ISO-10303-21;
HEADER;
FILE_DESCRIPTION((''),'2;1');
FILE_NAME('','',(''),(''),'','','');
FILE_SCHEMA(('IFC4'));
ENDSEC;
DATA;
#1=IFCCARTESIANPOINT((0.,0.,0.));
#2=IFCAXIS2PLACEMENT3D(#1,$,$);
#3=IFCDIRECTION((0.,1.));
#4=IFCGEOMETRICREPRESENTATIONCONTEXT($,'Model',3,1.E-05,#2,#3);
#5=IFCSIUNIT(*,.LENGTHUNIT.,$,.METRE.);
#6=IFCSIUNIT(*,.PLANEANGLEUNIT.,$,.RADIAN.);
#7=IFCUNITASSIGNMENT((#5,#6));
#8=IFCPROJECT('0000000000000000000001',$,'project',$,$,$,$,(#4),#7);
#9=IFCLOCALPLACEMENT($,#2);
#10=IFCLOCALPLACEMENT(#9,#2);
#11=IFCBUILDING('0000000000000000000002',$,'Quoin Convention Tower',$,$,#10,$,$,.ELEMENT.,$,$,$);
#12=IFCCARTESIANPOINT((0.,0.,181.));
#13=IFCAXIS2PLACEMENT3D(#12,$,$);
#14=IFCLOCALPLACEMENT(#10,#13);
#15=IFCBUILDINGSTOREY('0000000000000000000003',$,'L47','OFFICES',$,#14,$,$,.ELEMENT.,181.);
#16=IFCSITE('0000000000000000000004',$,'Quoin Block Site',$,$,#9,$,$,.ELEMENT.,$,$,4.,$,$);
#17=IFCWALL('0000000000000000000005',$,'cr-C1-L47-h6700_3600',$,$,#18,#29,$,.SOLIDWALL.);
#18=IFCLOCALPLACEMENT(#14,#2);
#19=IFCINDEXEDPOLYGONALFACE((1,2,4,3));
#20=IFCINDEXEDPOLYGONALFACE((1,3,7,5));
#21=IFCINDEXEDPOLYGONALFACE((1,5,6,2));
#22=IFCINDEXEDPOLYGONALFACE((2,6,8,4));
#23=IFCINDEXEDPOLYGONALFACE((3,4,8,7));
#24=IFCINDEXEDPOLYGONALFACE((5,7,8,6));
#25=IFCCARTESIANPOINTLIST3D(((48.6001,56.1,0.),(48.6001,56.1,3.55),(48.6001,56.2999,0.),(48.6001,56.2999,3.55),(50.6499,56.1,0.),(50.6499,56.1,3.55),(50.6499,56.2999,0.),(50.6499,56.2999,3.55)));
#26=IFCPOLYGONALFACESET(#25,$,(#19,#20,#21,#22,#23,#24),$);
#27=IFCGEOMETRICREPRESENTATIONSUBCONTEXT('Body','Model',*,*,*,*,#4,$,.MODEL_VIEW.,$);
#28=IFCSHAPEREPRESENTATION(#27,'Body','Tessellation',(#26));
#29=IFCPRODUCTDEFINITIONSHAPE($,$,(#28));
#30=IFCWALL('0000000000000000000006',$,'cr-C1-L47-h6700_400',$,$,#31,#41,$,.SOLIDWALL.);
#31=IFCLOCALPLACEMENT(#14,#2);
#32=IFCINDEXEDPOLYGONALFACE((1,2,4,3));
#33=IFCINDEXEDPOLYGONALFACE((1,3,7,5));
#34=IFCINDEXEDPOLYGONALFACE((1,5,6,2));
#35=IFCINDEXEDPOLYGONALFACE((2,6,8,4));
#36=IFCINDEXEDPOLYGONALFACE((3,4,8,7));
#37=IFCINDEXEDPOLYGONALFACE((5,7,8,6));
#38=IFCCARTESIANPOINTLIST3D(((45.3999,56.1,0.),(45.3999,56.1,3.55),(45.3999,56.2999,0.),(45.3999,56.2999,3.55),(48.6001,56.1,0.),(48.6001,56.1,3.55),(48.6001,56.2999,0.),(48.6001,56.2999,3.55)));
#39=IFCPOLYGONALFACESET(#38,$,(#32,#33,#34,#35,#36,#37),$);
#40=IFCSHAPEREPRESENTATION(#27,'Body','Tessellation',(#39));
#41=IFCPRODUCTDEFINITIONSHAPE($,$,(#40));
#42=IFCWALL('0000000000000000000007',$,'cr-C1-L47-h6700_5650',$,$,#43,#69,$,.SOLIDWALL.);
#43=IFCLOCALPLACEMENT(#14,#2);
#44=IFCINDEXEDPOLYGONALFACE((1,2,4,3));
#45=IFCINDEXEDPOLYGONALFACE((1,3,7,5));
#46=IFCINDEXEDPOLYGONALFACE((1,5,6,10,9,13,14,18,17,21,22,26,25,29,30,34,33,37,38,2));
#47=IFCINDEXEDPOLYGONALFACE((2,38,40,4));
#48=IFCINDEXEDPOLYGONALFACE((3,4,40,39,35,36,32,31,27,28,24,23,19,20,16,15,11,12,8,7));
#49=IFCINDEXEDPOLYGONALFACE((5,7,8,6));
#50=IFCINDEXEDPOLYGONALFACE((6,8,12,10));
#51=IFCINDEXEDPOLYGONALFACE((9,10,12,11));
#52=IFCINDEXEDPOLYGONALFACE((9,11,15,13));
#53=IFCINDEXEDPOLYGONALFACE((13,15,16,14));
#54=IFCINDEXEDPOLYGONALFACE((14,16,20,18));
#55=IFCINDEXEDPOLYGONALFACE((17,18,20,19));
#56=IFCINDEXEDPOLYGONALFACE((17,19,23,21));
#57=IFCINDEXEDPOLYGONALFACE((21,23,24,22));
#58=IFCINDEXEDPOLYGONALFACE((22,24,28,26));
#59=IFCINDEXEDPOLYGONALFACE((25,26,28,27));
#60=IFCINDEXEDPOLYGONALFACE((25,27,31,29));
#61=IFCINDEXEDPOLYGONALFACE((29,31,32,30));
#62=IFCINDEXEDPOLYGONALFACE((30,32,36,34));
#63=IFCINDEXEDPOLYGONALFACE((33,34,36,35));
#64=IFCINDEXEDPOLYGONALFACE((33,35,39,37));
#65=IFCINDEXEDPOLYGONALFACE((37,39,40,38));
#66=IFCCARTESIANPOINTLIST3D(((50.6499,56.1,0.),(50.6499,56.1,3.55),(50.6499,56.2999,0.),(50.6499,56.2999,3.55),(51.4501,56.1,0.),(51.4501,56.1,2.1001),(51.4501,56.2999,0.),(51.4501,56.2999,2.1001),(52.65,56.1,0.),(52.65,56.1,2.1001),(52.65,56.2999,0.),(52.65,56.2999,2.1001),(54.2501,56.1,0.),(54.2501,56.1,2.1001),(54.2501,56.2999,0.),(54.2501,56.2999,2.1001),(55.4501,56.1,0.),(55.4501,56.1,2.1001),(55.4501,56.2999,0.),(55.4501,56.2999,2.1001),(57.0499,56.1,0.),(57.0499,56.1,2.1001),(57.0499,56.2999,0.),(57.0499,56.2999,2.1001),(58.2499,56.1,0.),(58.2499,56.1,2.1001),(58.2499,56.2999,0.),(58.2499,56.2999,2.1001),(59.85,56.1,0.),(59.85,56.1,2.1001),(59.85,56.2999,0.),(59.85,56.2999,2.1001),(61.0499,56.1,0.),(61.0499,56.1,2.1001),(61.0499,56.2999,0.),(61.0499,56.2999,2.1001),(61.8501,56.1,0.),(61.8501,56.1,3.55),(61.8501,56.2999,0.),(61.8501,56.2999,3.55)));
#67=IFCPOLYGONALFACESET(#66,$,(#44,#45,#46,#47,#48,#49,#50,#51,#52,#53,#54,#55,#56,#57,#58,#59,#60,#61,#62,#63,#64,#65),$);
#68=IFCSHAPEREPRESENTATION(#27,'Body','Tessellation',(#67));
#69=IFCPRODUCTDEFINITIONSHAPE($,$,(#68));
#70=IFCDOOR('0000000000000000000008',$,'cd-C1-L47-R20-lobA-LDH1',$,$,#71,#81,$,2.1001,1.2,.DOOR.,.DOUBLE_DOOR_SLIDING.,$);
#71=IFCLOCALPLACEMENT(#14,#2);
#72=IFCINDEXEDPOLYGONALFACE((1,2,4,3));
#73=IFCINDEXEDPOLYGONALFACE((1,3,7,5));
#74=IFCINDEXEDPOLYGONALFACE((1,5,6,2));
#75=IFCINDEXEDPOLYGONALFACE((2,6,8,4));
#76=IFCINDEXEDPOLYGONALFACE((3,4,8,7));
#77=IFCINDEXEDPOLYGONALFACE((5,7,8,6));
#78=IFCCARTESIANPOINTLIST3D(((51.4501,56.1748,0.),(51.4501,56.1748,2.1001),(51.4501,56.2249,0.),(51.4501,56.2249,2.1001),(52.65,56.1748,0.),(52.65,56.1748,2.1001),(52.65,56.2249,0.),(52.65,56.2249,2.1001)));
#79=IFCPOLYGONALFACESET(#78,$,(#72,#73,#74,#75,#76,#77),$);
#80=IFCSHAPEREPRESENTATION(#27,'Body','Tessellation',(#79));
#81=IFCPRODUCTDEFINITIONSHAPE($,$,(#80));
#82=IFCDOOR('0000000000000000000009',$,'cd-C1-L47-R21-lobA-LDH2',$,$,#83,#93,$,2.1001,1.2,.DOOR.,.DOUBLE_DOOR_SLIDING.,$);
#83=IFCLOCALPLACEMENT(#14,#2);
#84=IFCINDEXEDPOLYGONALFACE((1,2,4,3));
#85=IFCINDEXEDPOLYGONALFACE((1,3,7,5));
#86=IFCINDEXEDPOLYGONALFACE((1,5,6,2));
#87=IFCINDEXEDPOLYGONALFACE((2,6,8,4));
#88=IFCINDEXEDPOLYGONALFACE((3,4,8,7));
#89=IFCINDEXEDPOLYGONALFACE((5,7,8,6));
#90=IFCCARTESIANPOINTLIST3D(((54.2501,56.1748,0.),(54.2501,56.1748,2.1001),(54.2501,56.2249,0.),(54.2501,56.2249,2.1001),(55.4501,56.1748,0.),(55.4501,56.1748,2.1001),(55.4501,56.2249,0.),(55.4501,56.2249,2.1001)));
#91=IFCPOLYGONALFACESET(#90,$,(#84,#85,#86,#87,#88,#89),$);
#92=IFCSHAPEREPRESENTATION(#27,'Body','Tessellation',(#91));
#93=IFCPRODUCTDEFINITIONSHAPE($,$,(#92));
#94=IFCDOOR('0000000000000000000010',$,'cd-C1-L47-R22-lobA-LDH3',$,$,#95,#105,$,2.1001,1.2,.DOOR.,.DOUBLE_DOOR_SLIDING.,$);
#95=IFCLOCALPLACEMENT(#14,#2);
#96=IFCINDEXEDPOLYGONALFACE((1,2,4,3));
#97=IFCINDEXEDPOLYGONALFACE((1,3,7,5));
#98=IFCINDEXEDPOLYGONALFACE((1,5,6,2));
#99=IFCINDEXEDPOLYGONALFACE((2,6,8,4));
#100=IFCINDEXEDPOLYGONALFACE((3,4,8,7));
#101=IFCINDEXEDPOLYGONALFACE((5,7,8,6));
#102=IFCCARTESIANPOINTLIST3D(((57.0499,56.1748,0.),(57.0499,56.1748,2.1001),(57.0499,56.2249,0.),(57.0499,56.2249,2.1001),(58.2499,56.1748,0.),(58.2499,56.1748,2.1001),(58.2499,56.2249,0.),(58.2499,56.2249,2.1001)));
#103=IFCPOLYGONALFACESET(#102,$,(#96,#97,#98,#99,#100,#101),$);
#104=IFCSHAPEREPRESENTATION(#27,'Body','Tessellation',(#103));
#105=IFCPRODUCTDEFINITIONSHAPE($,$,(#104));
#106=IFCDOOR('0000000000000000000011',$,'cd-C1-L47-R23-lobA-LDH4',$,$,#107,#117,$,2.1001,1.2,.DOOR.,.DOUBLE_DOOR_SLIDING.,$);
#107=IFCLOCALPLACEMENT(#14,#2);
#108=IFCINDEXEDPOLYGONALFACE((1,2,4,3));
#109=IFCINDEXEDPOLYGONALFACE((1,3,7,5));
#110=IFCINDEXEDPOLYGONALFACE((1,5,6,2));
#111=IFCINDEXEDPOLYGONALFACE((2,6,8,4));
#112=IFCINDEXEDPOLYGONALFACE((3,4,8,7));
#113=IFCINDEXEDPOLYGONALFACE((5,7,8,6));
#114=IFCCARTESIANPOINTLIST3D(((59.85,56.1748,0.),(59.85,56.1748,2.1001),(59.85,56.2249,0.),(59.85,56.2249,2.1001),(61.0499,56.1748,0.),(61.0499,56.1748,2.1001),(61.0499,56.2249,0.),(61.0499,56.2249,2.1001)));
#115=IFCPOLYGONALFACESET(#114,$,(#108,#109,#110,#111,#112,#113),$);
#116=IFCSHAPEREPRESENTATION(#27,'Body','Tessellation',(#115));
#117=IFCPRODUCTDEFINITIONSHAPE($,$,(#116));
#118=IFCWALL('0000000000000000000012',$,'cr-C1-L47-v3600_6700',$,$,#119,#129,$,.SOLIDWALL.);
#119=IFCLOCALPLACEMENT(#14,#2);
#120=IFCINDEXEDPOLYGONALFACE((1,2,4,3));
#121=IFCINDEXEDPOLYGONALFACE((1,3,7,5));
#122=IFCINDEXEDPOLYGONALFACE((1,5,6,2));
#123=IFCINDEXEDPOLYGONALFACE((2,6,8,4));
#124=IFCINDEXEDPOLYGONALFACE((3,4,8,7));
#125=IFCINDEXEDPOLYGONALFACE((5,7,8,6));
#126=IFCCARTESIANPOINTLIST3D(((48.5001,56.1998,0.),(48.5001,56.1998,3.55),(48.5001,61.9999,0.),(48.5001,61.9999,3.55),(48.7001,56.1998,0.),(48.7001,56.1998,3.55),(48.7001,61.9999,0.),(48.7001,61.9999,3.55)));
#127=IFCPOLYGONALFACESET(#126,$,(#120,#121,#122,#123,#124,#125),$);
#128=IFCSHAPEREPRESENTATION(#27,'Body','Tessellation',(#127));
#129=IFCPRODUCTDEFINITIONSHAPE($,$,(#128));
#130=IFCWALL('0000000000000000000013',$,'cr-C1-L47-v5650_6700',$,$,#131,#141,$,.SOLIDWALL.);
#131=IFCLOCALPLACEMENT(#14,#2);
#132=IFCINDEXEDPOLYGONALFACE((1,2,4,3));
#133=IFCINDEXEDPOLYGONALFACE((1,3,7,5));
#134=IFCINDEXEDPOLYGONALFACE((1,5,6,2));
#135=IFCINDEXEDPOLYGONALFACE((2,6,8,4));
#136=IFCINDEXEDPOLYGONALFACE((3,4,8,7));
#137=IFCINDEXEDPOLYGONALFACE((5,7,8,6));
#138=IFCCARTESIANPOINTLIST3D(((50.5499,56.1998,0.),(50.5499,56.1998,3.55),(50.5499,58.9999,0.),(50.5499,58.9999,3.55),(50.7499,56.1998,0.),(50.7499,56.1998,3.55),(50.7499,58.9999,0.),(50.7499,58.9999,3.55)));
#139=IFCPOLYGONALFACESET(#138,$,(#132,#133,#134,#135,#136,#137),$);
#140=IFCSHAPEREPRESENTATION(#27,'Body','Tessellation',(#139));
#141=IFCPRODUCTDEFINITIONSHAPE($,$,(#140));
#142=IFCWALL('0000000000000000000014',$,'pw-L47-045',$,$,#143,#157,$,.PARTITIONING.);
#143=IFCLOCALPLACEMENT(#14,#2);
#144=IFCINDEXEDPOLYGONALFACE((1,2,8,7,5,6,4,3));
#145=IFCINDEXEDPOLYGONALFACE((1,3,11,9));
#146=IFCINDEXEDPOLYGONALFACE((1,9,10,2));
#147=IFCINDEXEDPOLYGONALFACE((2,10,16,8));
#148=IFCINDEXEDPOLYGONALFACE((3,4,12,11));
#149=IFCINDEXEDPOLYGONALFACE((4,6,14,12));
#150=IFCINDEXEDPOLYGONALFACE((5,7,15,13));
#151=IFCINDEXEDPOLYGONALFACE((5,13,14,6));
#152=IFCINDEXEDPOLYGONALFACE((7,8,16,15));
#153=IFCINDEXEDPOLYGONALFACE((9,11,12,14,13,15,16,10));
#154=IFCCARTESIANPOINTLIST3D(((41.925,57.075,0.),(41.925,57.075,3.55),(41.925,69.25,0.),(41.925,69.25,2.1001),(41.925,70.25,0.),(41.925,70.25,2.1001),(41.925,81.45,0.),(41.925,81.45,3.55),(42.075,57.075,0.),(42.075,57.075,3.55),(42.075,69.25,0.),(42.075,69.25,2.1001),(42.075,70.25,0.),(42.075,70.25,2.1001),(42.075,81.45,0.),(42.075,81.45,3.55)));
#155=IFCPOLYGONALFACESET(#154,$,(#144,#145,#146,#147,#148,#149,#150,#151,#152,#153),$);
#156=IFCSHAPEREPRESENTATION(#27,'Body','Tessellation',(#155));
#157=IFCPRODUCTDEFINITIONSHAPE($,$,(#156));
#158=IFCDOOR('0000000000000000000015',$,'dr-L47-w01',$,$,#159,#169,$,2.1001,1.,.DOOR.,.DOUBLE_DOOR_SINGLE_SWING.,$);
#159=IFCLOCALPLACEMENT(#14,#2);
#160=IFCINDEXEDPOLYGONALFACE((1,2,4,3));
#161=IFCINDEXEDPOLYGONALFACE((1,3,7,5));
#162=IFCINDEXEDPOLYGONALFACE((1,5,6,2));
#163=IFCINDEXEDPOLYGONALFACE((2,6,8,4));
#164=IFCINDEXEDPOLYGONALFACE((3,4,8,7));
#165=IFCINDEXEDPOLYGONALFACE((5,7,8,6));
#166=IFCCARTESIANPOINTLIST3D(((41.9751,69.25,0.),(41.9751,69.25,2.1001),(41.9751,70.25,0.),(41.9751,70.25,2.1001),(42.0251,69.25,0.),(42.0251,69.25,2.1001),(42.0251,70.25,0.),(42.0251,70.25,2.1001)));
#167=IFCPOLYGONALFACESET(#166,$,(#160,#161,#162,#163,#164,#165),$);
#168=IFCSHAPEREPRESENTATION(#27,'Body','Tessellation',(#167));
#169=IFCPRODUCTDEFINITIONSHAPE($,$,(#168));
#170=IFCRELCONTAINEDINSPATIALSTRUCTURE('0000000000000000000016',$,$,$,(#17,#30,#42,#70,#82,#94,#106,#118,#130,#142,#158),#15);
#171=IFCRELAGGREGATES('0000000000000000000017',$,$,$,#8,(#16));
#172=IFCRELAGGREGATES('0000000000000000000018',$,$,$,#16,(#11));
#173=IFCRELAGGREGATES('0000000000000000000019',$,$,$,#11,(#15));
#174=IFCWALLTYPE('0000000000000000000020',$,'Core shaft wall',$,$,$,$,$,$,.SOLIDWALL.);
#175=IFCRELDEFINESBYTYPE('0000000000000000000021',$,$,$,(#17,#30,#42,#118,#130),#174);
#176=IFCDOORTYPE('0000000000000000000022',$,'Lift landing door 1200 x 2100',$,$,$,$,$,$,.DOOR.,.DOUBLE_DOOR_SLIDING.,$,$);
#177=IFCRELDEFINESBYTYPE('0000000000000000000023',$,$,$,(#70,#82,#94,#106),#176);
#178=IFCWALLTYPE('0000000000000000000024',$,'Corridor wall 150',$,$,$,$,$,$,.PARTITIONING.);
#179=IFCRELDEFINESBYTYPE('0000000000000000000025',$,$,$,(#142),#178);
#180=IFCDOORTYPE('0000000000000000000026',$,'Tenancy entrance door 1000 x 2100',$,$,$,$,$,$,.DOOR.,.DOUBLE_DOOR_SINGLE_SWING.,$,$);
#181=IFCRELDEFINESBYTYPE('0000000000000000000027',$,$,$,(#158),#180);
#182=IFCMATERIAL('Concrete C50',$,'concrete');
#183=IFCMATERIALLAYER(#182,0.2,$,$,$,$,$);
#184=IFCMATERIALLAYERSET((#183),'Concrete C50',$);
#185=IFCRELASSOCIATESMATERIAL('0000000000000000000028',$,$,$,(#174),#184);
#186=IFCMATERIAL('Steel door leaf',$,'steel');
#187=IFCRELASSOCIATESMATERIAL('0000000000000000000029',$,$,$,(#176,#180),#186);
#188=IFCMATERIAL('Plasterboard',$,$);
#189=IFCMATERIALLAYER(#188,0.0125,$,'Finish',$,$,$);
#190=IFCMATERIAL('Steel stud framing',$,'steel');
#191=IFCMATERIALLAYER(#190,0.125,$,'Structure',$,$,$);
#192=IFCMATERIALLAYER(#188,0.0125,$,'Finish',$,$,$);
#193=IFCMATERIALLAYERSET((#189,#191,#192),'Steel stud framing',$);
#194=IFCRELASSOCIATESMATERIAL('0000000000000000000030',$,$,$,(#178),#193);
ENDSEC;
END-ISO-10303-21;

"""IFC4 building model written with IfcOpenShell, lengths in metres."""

from ifc_helpers import new_model, si_unit, direction, frame, frame_2d, origin, place, context, subcontext, project, spatial, rectangle, extrude, material, layer, layer_set, type_object, element, fill, save


model = new_model("IFC4")

# Units and contexts
model_context = context("Model", 3, precision=1e-05, world=origin(), true_north=direction((0.0, 1.0)))
body_context = subcontext(model_context, "Body", "Model", "MODEL_VIEW")
ifc_project = project(units=[si_unit("LENGTHUNIT", "METRE"), si_unit("PLANEANGLEUNIT", "RADIAN")], contexts=[model_context])

# Site, building, storey
site_placement = place(None, origin())
site = spatial("IfcSite", under=ifc_project, at=site_placement, Name="Quoin Block Site", CompositionType="ELEMENT", RefElevation=4.0)
building_placement = place(site_placement, origin())
building = spatial("IfcBuilding", under=site, at=building_placement, Name="Quoin Convention Tower", CompositionType="ELEMENT")
storey_placement = place(building_placement, frame((0.0, 0.0, 181.0)))
storey = spatial("IfcBuildingStorey", under=building, at=storey_placement, Name="L47", Description="OFFICES", CompositionType="ELEMENT", Elevation=181.0)

# Walls
ifc_material_1 = material(Name="Concrete C50", Category="concrete")
ifc_layer_1 = layer(ifc_material_1, 0.2)
ifc_layer_set_1 = layer_set([ifc_layer_1], Name="Concrete C50")
wall_type_1 = type_object("IfcWallType", Name="Core shaft wall", PredefinedType="SOLIDWALL", material=ifc_layer_set_1)
wall_1_placement = place(storey_placement, frame((48.6001, 56.2, 0.0), z_axis=(0.0, 0.0, 1.0), x_axis=(1.0, 0.0, 0.0)))
element("IfcWall", 1, at=wall_1_placement, inside=storey, type_object=wall_type_1, Name="cr-C1-L47-h6700_3600", PredefinedType="SOLIDWALL", context=body_context, shape_type="SweptSolid", body=[
    extrude(rectangle(XDim=2.0498, YDim=0.2, at=frame_2d((1.0249, 0.0))), origin(), (0.0, 0.0, 1.0), 3.55),
])
wall_2_placement = place(storey_placement, frame((45.3999, 56.2, 0.0), z_axis=(0.0, 0.0, 1.0), x_axis=(1.0, 0.0, 0.0)))
element("IfcWall", 2, at=wall_2_placement, inside=storey, type_object=wall_type_1, Name="cr-C1-L47-h6700_400", PredefinedType="SOLIDWALL", context=body_context, shape_type="SweptSolid", body=[
    extrude(rectangle(XDim=3.2002, YDim=0.2, at=frame_2d((1.6001, 0.0))), origin(), (0.0, 0.0, 1.0), 3.55),
])

# Wall, openings, doors
wall_3_placement = place(storey_placement, frame((50.6499, 56.2, 0.0), z_axis=(0.0, 0.0, 1.0), x_axis=(1.0, 0.0, 0.0)))
wall_3 = element("IfcWall", 3, at=wall_3_placement, inside=storey, type_object=wall_type_1, Name="cr-C1-L47-h6700_5650", PredefinedType="SOLIDWALL", context=body_context, shape_type="SweptSolid", body=[
    extrude(rectangle(XDim=11.2002, YDim=0.2, at=frame_2d((5.6001, 0.0))), origin(), (0.0, 0.0, 1.0), 3.55),
])
opening_1_placement = place(wall_3_placement, frame((0.8, 0.0, 0.0)))
opening_1 = element("IfcOpeningElement", 4, at=opening_1_placement, cuts=wall_3, PredefinedType="OPENING", context=body_context, shape_type="SweptSolid", body=[
    extrude(rectangle(XDim=1.2, YDim=2.1001, at=frame_2d((0.6001, 1.05))), frame((0.0, 0.1099, 0.0), z_axis=(0.0, -1.0, 0.0), x_axis=(1.0, 0.0, 0.0)), (0.0, 0.0, 1.0), 0.22),
])
opening_2_placement = place(wall_3_placement, frame((3.6001, 0.0, 0.0)))
opening_2 = element("IfcOpeningElement", 5, at=opening_2_placement, cuts=wall_3, PredefinedType="OPENING", context=body_context, shape_type="SweptSolid", body=[
    extrude(rectangle(XDim=1.2, YDim=2.1001, at=frame_2d((0.6001, 1.05))), frame((0.0, 0.1099, 0.0), z_axis=(0.0, -1.0, 0.0), x_axis=(1.0, 0.0, 0.0)), (0.0, 0.0, 1.0), 0.22),
])
opening_3_placement = place(wall_3_placement, frame((6.3999, 0.0, 0.0)))
opening_3 = element("IfcOpeningElement", 6, at=opening_3_placement, cuts=wall_3, PredefinedType="OPENING", context=body_context, shape_type="SweptSolid", body=[
    extrude(rectangle(XDim=1.2, YDim=2.1001, at=frame_2d((0.6001, 1.05))), frame((0.0, 0.1099, 0.0), z_axis=(0.0, -1.0, 0.0), x_axis=(1.0, 0.0, 0.0)), (0.0, 0.0, 1.0), 0.22),
])
opening_4_placement = place(wall_3_placement, frame((9.2, 0.0, 0.0)))
opening_4 = element("IfcOpeningElement", 7, at=opening_4_placement, cuts=wall_3, PredefinedType="OPENING", context=body_context, shape_type="SweptSolid", body=[
    extrude(rectangle(XDim=1.2, YDim=2.1001, at=frame_2d((0.6001, 1.05))), frame((0.0, 0.1099, 0.0), z_axis=(0.0, -1.0, 0.0), x_axis=(1.0, 0.0, 0.0)), (0.0, 0.0, 1.0), 0.22),
])
ifc_material_2 = material(Name="Steel door leaf", Category="steel")
door_type_1 = type_object("IfcDoorType", Name="Lift landing door 1200 x 2100", OperationType="DOUBLE_DOOR_SLIDING", PredefinedType="DOOR", material=ifc_material_2)
door_1_placement = place(opening_1_placement, origin())
door_1 = element("IfcDoor", 8, at=door_1_placement, inside=storey, type_object=door_type_1, Name="cd-C1-L47-R20-lobA-LDH1", OperationType="DOUBLE_DOOR_SLIDING", OverallHeight=2.1001, OverallWidth=1.2, PredefinedType="DOOR", context=body_context, shape_type="SweptSolid", body=[
    extrude(rectangle(XDim=1.2, YDim=2.1001, at=frame_2d((0.6001, 1.05))), frame((0.0, 0.0249, 0.0), z_axis=(0.0, -1.0, 0.0), x_axis=(1.0, 0.0, 0.0)), (0.0, 0.0, 1.0), 0.05),
])
fill(opening_1, door_1)
door_2_placement = place(opening_2_placement, origin())
door_2 = element("IfcDoor", 9, at=door_2_placement, inside=storey, type_object=door_type_1, Name="cd-C1-L47-R21-lobA-LDH2", OperationType="DOUBLE_DOOR_SLIDING", OverallHeight=2.1001, OverallWidth=1.2, PredefinedType="DOOR", context=body_context, shape_type="SweptSolid", body=[
    extrude(rectangle(XDim=1.2, YDim=2.1001, at=frame_2d((0.6001, 1.05))), frame((0.0, 0.0249, 0.0), z_axis=(0.0, -1.0, 0.0), x_axis=(1.0, 0.0, 0.0)), (0.0, 0.0, 1.0), 0.05),
])
fill(opening_2, door_2)
door_3_placement = place(opening_3_placement, origin())
door_3 = element("IfcDoor", 10, at=door_3_placement, inside=storey, type_object=door_type_1, Name="cd-C1-L47-R22-lobA-LDH3", OperationType="DOUBLE_DOOR_SLIDING", OverallHeight=2.1001, OverallWidth=1.2, PredefinedType="DOOR", context=body_context, shape_type="SweptSolid", body=[
    extrude(rectangle(XDim=1.2, YDim=2.1001, at=frame_2d((0.6001, 1.05))), frame((0.0, 0.0249, 0.0), z_axis=(0.0, -1.0, 0.0), x_axis=(1.0, 0.0, 0.0)), (0.0, 0.0, 1.0), 0.05),
])
fill(opening_3, door_3)
door_4_placement = place(opening_4_placement, origin())
door_4 = element("IfcDoor", 11, at=door_4_placement, inside=storey, type_object=door_type_1, Name="cd-C1-L47-R23-lobA-LDH4", OperationType="DOUBLE_DOOR_SLIDING", OverallHeight=2.1001, OverallWidth=1.2, PredefinedType="DOOR", context=body_context, shape_type="SweptSolid", body=[
    extrude(rectangle(XDim=1.2, YDim=2.1001, at=frame_2d((0.6001, 1.05))), frame((0.0, 0.0249, 0.0), z_axis=(0.0, -1.0, 0.0), x_axis=(1.0, 0.0, 0.0)), (0.0, 0.0, 1.0), 0.05),
])
fill(opening_4, door_4)

# Walls
wall_4_placement = place(storey_placement, frame((48.6001, 56.2, 0.0), z_axis=(0.0, 0.0, 1.0), x_axis=(0.0, 1.0, 0.0)))
element("IfcWall", 12, at=wall_4_placement, inside=storey, type_object=wall_type_1, Name="cr-C1-L47-v3600_6700", PredefinedType="SOLIDWALL", context=body_context, shape_type="SweptSolid", body=[
    extrude(rectangle(XDim=5.8, YDim=0.2, at=frame_2d((2.8999, 0.0))), origin(), (0.0, 0.0, 1.0), 3.55),
])
wall_5_placement = place(storey_placement, frame((50.6499, 56.2, 0.0), z_axis=(0.0, 0.0, 1.0), x_axis=(0.0, 1.0, 0.0)))
element("IfcWall", 13, at=wall_5_placement, inside=storey, type_object=wall_type_1, Name="cr-C1-L47-v5650_6700", PredefinedType="SOLIDWALL", context=body_context, shape_type="SweptSolid", body=[
    extrude(rectangle(XDim=2.8, YDim=0.2, at=frame_2d((1.3999, 0.0))), origin(), (0.0, 0.0, 1.0), 3.55),
])

# Wall, opening, door
ifc_material_3 = material(Name="Plasterboard")
ifc_layer_2 = layer(ifc_material_3, 0.0125, Name="Finish")
ifc_material_4 = material(Name="Steel stud framing", Category="steel")
ifc_layer_3 = layer(ifc_material_4, 0.125, Name="Structure")
ifc_layer_4 = layer(ifc_material_3, 0.0125, Name="Finish")
ifc_layer_set_2 = layer_set([ifc_layer_2, ifc_layer_3, ifc_layer_4], Name="Steel stud framing")
wall_type_2 = type_object("IfcWallType", Name="Corridor wall 150", PredefinedType="PARTITIONING", material=ifc_layer_set_2)
wall_6_placement = place(storey_placement, frame((42.0, 57.075, 0.0), z_axis=(0.0, 0.0, 1.0), x_axis=(0.0, 1.0, 0.0)))
wall_6 = element("IfcWall", 14, at=wall_6_placement, inside=storey, type_object=wall_type_2, Name="pw-L47-045", PredefinedType="PARTITIONING", context=body_context, shape_type="SweptSolid", body=[
    extrude(rectangle(XDim=24.375, YDim=0.1499, at=frame_2d((12.1875, 0.0))), origin(), (0.0, 0.0, 1.0), 3.55),
])
opening_5_placement = place(wall_6_placement, frame((12.175, 0.0, 0.0)))
opening_5 = element("IfcOpeningElement", 15, at=opening_5_placement, cuts=wall_6, PredefinedType="OPENING", context=body_context, shape_type="SweptSolid", body=[
    extrude(rectangle(XDim=1.0, YDim=2.1001, at=frame_2d((0.5, 1.05))), frame((0.0, 0.085, 0.0), z_axis=(0.0, -1.0, 0.0), x_axis=(1.0, 0.0, 0.0)), (0.0, 0.0, 1.0), 0.1699),
])
door_type_2 = type_object("IfcDoorType", Name="Tenancy entrance door 1000 x 2100", OperationType="DOUBLE_DOOR_SINGLE_SWING", PredefinedType="DOOR", material=ifc_material_2)
door_5_placement = place(opening_5_placement, origin())
door_5 = element("IfcDoor", 16, at=door_5_placement, inside=storey, type_object=door_type_2, Name="dr-L47-w01", OperationType="DOUBLE_DOOR_SINGLE_SWING", OverallHeight=2.1001, OverallWidth=1.0, PredefinedType="DOOR", context=body_context, shape_type="SweptSolid", body=[
    extrude(rectangle(XDim=1.0, YDim=2.1001, at=frame_2d((0.5, 1.05))), frame((0.0, 0.0249, 0.0), z_axis=(0.0, -1.0, 0.0), x_axis=(1.0, 0.0, 0.0)), (0.0, 0.0, 1.0), 0.05),
])
fill(opening_5, door_5)

save(model, "model.ifc")
